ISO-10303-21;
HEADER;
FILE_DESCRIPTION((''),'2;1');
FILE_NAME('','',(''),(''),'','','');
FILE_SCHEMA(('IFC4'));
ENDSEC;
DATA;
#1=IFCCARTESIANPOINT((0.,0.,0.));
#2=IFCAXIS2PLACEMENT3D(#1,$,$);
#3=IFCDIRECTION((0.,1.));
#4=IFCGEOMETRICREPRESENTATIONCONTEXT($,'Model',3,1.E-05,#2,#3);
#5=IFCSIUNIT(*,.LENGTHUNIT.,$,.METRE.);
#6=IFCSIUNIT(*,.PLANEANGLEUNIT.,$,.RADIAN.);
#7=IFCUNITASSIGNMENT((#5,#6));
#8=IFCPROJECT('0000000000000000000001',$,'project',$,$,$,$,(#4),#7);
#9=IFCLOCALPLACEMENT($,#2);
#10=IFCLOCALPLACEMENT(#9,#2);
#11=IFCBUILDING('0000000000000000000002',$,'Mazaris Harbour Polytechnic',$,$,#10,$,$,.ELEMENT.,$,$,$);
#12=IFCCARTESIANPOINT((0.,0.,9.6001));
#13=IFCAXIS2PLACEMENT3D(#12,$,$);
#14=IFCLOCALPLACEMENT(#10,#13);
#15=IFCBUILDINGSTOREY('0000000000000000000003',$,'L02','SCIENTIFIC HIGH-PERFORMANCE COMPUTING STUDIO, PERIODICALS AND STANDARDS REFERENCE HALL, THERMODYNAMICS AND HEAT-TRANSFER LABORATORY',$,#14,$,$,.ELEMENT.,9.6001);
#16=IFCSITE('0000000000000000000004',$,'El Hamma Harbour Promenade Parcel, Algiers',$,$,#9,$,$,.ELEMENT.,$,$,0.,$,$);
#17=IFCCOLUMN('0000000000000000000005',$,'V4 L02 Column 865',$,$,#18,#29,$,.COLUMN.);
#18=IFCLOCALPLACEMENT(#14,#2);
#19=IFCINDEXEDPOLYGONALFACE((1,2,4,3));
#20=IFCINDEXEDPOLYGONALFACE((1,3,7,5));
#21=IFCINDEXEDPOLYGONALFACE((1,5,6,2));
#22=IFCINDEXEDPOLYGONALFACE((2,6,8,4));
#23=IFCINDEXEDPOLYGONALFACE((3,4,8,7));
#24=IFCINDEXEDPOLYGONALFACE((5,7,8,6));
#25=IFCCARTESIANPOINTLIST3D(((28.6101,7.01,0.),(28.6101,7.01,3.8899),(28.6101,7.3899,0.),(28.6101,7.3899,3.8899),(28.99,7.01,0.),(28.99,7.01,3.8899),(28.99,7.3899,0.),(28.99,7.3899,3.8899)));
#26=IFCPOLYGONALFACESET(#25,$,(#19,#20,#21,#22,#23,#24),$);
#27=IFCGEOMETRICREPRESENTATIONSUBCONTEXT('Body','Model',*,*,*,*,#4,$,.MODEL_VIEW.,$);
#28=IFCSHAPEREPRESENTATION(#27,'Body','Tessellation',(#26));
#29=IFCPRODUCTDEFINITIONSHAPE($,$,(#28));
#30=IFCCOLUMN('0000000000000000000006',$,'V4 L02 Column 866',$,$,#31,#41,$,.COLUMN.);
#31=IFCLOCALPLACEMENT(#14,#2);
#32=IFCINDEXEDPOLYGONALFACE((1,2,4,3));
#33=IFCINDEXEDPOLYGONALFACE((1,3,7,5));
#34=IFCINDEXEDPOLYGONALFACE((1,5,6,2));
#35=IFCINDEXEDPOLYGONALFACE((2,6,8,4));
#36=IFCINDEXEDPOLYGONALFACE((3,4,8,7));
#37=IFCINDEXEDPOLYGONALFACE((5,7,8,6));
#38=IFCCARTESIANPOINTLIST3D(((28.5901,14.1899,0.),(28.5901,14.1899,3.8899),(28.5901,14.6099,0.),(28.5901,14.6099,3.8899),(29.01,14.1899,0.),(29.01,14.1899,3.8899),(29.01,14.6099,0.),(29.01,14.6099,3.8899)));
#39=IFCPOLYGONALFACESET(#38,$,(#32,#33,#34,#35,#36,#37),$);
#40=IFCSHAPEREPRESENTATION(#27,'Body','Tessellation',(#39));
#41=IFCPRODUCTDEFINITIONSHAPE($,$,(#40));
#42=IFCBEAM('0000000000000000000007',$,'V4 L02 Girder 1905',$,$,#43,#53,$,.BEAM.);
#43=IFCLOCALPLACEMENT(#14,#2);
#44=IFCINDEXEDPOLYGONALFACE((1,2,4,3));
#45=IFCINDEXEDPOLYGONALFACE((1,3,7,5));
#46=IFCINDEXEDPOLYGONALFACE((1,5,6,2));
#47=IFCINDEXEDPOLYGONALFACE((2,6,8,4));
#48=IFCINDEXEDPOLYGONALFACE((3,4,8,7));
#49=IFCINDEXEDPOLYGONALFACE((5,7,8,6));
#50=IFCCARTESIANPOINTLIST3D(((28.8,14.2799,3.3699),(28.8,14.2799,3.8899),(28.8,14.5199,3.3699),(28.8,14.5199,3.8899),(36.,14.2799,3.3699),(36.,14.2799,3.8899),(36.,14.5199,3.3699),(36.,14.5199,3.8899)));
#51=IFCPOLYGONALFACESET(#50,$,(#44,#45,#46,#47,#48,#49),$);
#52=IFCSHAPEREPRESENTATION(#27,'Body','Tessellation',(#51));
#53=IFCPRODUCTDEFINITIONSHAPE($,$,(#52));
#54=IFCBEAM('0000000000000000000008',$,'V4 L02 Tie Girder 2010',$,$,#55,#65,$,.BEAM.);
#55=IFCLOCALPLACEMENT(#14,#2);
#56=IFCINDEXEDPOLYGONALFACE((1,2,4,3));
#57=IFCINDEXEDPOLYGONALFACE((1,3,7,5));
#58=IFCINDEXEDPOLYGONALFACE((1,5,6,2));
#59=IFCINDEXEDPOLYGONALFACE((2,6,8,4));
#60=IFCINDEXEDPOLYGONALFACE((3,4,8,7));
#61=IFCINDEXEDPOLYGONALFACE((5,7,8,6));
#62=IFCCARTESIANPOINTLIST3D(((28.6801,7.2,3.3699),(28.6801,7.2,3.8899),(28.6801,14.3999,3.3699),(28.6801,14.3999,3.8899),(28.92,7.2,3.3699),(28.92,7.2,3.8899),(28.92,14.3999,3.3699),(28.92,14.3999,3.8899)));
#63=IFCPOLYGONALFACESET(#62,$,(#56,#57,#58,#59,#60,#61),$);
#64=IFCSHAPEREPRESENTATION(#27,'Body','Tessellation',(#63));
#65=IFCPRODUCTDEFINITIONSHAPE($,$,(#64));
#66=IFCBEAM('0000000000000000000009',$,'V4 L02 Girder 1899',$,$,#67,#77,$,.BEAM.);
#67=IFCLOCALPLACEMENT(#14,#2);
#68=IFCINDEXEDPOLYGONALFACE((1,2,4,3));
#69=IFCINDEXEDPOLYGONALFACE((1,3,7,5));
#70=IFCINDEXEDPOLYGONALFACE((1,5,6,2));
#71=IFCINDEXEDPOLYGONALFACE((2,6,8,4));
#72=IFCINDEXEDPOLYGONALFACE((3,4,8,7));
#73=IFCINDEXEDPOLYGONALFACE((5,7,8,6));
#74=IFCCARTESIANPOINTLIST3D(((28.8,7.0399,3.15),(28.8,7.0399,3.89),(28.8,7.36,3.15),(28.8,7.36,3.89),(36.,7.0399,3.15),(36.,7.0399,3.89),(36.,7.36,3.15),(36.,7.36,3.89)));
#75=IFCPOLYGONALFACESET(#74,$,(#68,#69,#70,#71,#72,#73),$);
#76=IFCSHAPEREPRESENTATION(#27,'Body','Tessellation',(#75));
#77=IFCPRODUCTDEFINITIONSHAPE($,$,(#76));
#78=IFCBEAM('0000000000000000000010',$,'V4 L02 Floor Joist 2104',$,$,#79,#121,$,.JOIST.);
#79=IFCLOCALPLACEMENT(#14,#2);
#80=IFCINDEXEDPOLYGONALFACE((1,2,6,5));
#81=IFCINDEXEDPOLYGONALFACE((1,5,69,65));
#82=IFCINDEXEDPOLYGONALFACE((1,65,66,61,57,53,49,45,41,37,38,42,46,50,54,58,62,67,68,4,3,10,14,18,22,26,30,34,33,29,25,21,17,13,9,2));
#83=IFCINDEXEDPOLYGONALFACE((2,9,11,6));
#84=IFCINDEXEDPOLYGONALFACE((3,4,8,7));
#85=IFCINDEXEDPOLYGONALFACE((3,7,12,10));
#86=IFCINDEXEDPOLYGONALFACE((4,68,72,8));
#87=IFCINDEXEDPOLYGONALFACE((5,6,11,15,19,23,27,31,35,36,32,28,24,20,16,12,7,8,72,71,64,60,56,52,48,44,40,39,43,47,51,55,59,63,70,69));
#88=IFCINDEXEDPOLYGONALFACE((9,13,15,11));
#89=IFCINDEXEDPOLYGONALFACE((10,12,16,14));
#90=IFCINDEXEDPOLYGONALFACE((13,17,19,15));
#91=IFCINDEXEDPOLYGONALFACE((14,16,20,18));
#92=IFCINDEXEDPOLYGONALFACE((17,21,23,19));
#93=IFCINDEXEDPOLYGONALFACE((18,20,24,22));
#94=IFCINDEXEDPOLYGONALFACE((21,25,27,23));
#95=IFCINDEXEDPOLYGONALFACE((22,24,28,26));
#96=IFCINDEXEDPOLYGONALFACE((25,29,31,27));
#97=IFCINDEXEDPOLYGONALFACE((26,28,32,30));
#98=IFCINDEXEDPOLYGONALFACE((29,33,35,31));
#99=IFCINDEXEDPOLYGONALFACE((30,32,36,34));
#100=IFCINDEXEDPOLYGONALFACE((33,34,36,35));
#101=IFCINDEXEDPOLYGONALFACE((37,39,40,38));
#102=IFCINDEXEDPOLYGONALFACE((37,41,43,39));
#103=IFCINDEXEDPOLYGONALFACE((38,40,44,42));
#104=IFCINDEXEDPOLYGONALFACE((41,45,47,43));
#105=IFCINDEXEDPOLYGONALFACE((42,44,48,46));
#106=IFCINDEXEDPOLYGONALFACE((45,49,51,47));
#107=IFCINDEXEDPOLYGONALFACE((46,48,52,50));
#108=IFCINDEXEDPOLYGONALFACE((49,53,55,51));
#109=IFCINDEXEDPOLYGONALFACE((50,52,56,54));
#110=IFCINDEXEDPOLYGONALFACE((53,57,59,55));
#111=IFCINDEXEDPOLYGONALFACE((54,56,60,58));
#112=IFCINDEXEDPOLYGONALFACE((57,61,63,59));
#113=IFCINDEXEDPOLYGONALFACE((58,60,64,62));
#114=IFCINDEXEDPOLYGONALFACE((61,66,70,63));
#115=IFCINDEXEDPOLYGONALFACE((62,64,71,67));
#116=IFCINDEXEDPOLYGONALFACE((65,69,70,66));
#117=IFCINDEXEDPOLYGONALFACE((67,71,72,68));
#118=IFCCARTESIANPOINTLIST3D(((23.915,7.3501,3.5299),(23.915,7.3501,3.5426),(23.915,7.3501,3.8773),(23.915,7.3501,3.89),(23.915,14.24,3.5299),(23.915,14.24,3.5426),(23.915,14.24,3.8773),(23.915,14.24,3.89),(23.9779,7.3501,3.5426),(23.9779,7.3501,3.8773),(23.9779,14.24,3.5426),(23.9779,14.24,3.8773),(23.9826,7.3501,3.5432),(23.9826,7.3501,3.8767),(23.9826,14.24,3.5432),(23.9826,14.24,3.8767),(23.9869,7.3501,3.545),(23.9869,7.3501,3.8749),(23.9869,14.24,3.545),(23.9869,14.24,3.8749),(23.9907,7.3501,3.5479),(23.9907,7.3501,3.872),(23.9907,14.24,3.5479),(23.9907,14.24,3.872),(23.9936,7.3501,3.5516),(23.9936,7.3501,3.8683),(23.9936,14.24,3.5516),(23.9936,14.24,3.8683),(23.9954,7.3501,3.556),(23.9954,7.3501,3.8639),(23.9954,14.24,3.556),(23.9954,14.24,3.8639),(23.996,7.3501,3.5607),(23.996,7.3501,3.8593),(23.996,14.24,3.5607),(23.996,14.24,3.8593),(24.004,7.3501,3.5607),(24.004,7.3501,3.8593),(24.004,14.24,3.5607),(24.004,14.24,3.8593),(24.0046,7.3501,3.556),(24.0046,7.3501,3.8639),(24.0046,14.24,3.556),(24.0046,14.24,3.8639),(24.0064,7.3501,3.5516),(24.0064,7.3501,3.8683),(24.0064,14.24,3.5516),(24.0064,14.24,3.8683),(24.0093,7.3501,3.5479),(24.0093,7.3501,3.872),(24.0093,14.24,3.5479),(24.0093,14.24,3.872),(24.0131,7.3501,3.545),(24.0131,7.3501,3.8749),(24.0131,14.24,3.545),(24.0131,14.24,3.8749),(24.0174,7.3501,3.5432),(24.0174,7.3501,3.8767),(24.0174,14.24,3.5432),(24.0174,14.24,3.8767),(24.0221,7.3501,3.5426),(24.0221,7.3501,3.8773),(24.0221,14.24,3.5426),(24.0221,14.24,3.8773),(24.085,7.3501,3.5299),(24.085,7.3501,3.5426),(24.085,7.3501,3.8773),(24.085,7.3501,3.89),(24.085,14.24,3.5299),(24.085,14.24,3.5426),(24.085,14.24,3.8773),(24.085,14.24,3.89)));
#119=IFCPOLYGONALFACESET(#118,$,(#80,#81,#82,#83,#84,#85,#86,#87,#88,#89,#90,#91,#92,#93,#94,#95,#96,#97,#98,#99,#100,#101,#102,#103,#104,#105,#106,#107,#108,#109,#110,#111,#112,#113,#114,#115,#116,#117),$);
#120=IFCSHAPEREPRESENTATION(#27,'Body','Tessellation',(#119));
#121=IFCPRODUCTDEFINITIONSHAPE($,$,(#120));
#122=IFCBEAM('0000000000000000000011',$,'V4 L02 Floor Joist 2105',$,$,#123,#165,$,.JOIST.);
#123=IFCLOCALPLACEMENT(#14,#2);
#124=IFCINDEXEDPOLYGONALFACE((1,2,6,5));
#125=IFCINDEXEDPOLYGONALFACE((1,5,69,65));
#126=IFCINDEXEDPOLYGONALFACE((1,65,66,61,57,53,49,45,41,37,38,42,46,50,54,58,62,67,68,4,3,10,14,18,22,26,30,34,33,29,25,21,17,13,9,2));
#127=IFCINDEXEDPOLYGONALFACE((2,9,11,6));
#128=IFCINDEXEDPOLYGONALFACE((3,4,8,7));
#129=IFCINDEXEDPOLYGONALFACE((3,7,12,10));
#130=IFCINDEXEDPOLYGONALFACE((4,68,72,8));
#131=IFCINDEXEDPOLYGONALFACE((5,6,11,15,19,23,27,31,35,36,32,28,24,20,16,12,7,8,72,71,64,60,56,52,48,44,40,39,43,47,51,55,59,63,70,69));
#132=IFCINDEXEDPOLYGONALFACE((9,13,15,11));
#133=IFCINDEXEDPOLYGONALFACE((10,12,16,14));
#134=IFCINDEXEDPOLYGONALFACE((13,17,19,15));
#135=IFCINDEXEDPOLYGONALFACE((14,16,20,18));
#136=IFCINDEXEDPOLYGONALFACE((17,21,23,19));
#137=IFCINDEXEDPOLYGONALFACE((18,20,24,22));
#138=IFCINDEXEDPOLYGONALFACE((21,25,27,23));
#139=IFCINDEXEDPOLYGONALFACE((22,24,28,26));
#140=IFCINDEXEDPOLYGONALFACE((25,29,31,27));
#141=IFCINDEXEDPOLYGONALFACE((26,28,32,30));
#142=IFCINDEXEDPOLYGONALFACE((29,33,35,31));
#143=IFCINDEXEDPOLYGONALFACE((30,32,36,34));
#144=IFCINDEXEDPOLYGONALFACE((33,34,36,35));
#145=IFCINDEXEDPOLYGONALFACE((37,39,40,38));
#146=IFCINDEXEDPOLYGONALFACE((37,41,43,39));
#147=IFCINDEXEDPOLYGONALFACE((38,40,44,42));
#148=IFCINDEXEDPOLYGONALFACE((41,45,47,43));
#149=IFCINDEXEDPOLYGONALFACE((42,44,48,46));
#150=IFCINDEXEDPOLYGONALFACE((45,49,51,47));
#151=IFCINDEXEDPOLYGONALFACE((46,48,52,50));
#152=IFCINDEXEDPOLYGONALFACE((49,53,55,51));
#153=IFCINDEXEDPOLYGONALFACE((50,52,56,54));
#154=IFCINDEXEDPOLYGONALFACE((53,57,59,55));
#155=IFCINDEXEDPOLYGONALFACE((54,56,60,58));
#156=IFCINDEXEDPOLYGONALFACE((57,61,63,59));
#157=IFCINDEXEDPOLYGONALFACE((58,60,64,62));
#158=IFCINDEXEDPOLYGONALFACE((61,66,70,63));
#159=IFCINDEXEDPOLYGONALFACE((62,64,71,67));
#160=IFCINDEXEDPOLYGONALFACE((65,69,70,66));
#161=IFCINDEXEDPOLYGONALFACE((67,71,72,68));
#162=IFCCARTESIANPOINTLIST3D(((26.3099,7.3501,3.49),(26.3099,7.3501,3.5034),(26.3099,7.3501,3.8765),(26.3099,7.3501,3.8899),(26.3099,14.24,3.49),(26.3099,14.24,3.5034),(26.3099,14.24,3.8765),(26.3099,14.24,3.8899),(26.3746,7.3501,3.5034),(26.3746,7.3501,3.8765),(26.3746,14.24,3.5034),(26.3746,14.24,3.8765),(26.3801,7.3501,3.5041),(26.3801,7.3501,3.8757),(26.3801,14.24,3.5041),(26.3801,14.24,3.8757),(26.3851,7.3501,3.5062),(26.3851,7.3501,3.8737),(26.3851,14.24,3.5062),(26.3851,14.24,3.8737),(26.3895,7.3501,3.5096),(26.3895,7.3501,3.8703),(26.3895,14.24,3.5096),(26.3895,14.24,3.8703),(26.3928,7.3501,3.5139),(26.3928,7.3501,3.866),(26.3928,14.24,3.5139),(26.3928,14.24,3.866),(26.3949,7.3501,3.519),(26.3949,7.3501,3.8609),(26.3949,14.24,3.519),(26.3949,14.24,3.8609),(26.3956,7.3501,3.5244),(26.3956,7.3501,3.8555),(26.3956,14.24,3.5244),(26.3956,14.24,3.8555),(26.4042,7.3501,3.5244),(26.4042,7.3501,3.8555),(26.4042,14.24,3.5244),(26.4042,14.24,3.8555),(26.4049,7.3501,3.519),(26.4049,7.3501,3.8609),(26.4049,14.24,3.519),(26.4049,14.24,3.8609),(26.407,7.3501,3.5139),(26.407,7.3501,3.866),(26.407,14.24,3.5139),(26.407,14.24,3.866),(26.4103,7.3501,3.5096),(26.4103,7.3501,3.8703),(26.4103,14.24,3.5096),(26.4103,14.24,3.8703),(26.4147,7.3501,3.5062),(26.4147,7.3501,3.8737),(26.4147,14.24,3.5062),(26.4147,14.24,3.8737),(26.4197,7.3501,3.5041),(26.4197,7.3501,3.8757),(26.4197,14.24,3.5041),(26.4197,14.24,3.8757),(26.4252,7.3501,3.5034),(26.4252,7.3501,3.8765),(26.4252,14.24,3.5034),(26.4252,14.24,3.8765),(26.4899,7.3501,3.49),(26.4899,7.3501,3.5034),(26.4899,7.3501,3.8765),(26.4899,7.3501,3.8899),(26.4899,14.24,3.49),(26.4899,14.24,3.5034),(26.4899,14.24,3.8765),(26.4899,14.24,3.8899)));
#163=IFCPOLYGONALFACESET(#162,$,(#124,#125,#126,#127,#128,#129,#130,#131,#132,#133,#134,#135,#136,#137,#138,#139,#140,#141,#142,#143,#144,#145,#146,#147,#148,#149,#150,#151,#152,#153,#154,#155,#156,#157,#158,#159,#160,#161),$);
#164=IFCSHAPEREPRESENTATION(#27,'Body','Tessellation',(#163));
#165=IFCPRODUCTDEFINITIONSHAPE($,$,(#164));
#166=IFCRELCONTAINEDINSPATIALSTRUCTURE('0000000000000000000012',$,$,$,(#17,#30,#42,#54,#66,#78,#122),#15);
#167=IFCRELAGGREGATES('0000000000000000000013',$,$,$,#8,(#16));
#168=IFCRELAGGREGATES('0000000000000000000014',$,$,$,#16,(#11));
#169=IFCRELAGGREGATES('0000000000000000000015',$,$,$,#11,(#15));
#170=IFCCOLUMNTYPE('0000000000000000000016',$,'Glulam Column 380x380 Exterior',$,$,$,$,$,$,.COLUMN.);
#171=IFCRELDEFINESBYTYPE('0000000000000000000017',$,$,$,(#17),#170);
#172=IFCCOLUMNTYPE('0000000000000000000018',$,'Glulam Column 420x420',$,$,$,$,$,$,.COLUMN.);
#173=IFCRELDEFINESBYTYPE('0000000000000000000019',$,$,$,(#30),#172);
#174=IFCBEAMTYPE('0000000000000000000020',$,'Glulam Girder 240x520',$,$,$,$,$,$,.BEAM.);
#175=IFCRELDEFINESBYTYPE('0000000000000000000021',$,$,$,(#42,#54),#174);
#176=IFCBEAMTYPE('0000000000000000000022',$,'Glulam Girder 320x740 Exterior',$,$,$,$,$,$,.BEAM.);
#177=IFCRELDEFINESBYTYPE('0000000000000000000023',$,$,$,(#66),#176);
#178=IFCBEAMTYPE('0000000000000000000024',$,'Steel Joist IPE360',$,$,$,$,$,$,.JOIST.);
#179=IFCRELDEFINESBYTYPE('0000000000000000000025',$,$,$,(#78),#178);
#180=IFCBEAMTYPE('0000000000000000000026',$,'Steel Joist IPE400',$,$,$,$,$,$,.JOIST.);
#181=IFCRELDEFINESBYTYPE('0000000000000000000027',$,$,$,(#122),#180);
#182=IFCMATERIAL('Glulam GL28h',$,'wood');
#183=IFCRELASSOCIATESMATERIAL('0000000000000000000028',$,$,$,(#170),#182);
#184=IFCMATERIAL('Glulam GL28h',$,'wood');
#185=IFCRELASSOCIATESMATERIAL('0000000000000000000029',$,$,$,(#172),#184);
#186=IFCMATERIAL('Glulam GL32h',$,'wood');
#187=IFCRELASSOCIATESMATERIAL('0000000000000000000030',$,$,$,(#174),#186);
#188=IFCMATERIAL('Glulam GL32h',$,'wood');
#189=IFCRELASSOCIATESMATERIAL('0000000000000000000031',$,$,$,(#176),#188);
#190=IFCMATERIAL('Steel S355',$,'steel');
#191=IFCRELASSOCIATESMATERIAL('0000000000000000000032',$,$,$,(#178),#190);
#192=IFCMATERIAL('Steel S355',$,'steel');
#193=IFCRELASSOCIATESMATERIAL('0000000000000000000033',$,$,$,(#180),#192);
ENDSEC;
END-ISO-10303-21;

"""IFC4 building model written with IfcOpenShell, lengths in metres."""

from ifc_helpers import new_model, si_unit, direction, frame, origin, origin_2d, place, context, subcontext, project, spatial, rectangle, i_section, extrude, material, material_profile, profile_set, type_object, element, save


model = new_model("IFC4")

# Units and contexts
model_context = context("Model", 3, precision=1e-05, world=origin(), true_north=direction((0.0, 1.0)))
body_context = subcontext(model_context, "Body", "Model", "MODEL_VIEW")
ifc_project = project(units=[si_unit("LENGTHUNIT", "METRE"), si_unit("PLANEANGLEUNIT", "RADIAN")], contexts=[model_context])

# Site, building, storey
site_placement = place(None, origin())
site = spatial("IfcSite", under=ifc_project, at=site_placement, Name="El Hamma Harbour Promenade Parcel, Algiers", CompositionType="ELEMENT", RefElevation=0.0)
building_placement = place(site_placement, origin())
building = spatial("IfcBuilding", under=site, at=building_placement, Name="Mazaris Harbour Polytechnic", CompositionType="ELEMENT")
storey_placement = place(building_placement, frame((0.0, 0.0, 9.6001)))
storey = spatial("IfcBuildingStorey", under=building, at=storey_placement, Name="L02", Description="SCIENTIFIC HIGH-PERFORMANCE COMPUTING STUDIO, PERIODICALS AND STANDARDS REFERENCE HALL, THERMODYNAMICS AND HEAT-TRANSFER LABORATORY", CompositionType="ELEMENT", Elevation=9.6001)

# Columns
ifc_material_1 = material(Name="Glulam GL28h", Category="wood")
ifc_material_profile_1 = material_profile(ifc_material_1, rectangle(XDim=0.3799, YDim=0.3799, at=origin_2d()), Name="RECT380x380")
ifc_profile_set_1 = profile_set([ifc_material_profile_1], Name="Glulam GL28h")
column_type_1 = type_object("IfcColumnType", Name="Glulam Column 380x380 Exterior", PredefinedType="COLUMN", material=ifc_profile_set_1)
column_1_placement = place(storey_placement, frame((28.8, 7.2, 0.0), z_axis=(0.0, 0.0, 1.0), x_axis=(1.0, 0.0, 0.0)))
element("IfcColumn", 1, at=column_1_placement, inside=storey, type_object=column_type_1, Name="V4 L02 Column 865", PredefinedType="COLUMN", context=body_context, shape_type="SweptSolid", body=[
    extrude(rectangle(XDim=0.3799, YDim=0.3799, at=origin_2d()), origin(), (0.0, 0.0, 1.0), 3.8899),
])
ifc_material_2 = material(Name="Glulam GL28h", Category="wood")
ifc_material_profile_2 = material_profile(ifc_material_2, rectangle(XDim=0.4199, YDim=0.4199, at=origin_2d()), Name="RECT420x420")
ifc_profile_set_2 = profile_set([ifc_material_profile_2], Name="Glulam GL28h")
column_type_2 = type_object("IfcColumnType", Name="Glulam Column 420x420", PredefinedType="COLUMN", material=ifc_profile_set_2)
column_2_placement = place(storey_placement, frame((28.8, 14.3999, 0.0), z_axis=(0.0, 0.0, 1.0), x_axis=(1.0, 0.0, 0.0)))
element("IfcColumn", 2, at=column_2_placement, inside=storey, type_object=column_type_2, Name="V4 L02 Column 866", PredefinedType="COLUMN", context=body_context, shape_type="SweptSolid", body=[
    extrude(rectangle(XDim=0.4199, YDim=0.4199, at=origin_2d()), origin(), (0.0, 0.0, 1.0), 3.8899),
])

# Beams
ifc_material_3 = material(Name="Glulam GL32h", Category="wood")
ifc_material_profile_3 = material_profile(ifc_material_3, rectangle(XDim=0.24, YDim=0.52, at=origin_2d()), Name="RECT240x520")
ifc_profile_set_3 = profile_set([ifc_material_profile_3], Name="Glulam GL32h")
beam_type_1 = type_object("IfcBeamType", Name="Glulam Girder 240x520", PredefinedType="BEAM", material=ifc_profile_set_3)
for number, where, z_axis, x_axis, name in (
    (3, (28.8, 14.3999, 3.6299), (1.0, 0.0, 0.0), (0.0, 1.0, 0.0), "V4 L02 Girder 1905"),
    (4, (28.8, 7.2, 3.6299), (0.0, 1.0, 0.0), (-1.0, 0.0, 0.0), "V4 L02 Tie Girder 2010"),
):
    element("IfcBeam", number, at=place(storey_placement, frame(where, z_axis=z_axis, x_axis=x_axis)), inside=storey, type_object=beam_type_1, Name=name, PredefinedType="BEAM", context=body_context, shape_type="SweptSolid", body=[
        extrude(rectangle(XDim=0.24, YDim=0.52, at=origin_2d()), origin(), (0.0, 0.0, 1.0), 7.2),
    ])
ifc_material_4 = material(Name="Glulam GL32h", Category="wood")
ifc_material_profile_4 = material_profile(ifc_material_4, rectangle(XDim=0.3201, YDim=0.74, at=origin_2d()), Name="RECT320x740")
ifc_profile_set_4 = profile_set([ifc_material_profile_4], Name="Glulam GL32h")
beam_type_2 = type_object("IfcBeamType", Name="Glulam Girder 320x740 Exterior", PredefinedType="BEAM", material=ifc_profile_set_4)
beam_1_placement = place(storey_placement, frame((28.8, 7.2, 3.52), z_axis=(1.0, 0.0, 0.0), x_axis=(0.0, 1.0, 0.0)))
element("IfcBeam", 5, at=beam_1_placement, inside=storey, type_object=beam_type_2, Name="V4 L02 Girder 1899", PredefinedType="BEAM", context=body_context, shape_type="SweptSolid", body=[
    extrude(rectangle(XDim=0.3201, YDim=0.74, at=origin_2d()), origin(), (0.0, 0.0, 1.0), 7.2),
])
ifc_material_5 = material(Name="Steel S355", Category="steel")
ifc_material_profile_5 = material_profile(ifc_material_5, i_section(OverallWidth=0.1699, OverallDepth=0.3601, WebThickness=0.0081, FlangeThickness=0.0127, FilletRadius=0.0181, at=origin_2d()), Name="IPE 360")
ifc_profile_set_5 = profile_set([ifc_material_profile_5], Name="Steel S355")
beam_type_3 = type_object("IfcBeamType", Name="Steel Joist IPE360", PredefinedType="JOIST", material=ifc_profile_set_5)
beam_2_placement = place(storey_placement, frame((24.0, 7.3501, 3.71), z_axis=(0.0, 1.0, 0.0), x_axis=(-1.0, 0.0, 0.0)))
element("IfcBeam", 6, at=beam_2_placement, inside=storey, type_object=beam_type_3, Name="V4 L02 Floor Joist 2104", PredefinedType="JOIST", context=body_context, shape_type="SweptSolid", body=[
    extrude(i_section(OverallWidth=0.1699, OverallDepth=0.3601, WebThickness=0.0081, FlangeThickness=0.0127, FilletRadius=0.0181, at=origin_2d()), origin(), (0.0, 0.0, 1.0), 6.8899),
])
ifc_material_6 = material(Name="Steel S355", Category="steel")
ifc_material_profile_6 = material_profile(ifc_material_6, i_section(OverallWidth=0.1799, OverallDepth=0.3999, WebThickness=0.0085, FlangeThickness=0.0134, FilletRadius=0.021, at=origin_2d()), Name="IPE 400")
ifc_profile_set_6 = profile_set([ifc_material_profile_6], Name="Steel S355")
beam_type_4 = type_object("IfcBeamType", Name="Steel Joist IPE400", PredefinedType="JOIST", material=ifc_profile_set_6)
beam_3_placement = place(storey_placement, frame((26.3999, 7.3501, 3.6899), z_axis=(0.0, 1.0, 0.0), x_axis=(-1.0, 0.0, 0.0)))
element("IfcBeam", 7, at=beam_3_placement, inside=storey, type_object=beam_type_4, Name="V4 L02 Floor Joist 2105", PredefinedType="JOIST", context=body_context, shape_type="SweptSolid", body=[
    extrude(i_section(OverallWidth=0.1799, OverallDepth=0.3999, WebThickness=0.0085, FlangeThickness=0.0134, FilletRadius=0.021, at=origin_2d()), origin(), (0.0, 0.0, 1.0), 6.8899),
])

save(model, "model.ifc")
